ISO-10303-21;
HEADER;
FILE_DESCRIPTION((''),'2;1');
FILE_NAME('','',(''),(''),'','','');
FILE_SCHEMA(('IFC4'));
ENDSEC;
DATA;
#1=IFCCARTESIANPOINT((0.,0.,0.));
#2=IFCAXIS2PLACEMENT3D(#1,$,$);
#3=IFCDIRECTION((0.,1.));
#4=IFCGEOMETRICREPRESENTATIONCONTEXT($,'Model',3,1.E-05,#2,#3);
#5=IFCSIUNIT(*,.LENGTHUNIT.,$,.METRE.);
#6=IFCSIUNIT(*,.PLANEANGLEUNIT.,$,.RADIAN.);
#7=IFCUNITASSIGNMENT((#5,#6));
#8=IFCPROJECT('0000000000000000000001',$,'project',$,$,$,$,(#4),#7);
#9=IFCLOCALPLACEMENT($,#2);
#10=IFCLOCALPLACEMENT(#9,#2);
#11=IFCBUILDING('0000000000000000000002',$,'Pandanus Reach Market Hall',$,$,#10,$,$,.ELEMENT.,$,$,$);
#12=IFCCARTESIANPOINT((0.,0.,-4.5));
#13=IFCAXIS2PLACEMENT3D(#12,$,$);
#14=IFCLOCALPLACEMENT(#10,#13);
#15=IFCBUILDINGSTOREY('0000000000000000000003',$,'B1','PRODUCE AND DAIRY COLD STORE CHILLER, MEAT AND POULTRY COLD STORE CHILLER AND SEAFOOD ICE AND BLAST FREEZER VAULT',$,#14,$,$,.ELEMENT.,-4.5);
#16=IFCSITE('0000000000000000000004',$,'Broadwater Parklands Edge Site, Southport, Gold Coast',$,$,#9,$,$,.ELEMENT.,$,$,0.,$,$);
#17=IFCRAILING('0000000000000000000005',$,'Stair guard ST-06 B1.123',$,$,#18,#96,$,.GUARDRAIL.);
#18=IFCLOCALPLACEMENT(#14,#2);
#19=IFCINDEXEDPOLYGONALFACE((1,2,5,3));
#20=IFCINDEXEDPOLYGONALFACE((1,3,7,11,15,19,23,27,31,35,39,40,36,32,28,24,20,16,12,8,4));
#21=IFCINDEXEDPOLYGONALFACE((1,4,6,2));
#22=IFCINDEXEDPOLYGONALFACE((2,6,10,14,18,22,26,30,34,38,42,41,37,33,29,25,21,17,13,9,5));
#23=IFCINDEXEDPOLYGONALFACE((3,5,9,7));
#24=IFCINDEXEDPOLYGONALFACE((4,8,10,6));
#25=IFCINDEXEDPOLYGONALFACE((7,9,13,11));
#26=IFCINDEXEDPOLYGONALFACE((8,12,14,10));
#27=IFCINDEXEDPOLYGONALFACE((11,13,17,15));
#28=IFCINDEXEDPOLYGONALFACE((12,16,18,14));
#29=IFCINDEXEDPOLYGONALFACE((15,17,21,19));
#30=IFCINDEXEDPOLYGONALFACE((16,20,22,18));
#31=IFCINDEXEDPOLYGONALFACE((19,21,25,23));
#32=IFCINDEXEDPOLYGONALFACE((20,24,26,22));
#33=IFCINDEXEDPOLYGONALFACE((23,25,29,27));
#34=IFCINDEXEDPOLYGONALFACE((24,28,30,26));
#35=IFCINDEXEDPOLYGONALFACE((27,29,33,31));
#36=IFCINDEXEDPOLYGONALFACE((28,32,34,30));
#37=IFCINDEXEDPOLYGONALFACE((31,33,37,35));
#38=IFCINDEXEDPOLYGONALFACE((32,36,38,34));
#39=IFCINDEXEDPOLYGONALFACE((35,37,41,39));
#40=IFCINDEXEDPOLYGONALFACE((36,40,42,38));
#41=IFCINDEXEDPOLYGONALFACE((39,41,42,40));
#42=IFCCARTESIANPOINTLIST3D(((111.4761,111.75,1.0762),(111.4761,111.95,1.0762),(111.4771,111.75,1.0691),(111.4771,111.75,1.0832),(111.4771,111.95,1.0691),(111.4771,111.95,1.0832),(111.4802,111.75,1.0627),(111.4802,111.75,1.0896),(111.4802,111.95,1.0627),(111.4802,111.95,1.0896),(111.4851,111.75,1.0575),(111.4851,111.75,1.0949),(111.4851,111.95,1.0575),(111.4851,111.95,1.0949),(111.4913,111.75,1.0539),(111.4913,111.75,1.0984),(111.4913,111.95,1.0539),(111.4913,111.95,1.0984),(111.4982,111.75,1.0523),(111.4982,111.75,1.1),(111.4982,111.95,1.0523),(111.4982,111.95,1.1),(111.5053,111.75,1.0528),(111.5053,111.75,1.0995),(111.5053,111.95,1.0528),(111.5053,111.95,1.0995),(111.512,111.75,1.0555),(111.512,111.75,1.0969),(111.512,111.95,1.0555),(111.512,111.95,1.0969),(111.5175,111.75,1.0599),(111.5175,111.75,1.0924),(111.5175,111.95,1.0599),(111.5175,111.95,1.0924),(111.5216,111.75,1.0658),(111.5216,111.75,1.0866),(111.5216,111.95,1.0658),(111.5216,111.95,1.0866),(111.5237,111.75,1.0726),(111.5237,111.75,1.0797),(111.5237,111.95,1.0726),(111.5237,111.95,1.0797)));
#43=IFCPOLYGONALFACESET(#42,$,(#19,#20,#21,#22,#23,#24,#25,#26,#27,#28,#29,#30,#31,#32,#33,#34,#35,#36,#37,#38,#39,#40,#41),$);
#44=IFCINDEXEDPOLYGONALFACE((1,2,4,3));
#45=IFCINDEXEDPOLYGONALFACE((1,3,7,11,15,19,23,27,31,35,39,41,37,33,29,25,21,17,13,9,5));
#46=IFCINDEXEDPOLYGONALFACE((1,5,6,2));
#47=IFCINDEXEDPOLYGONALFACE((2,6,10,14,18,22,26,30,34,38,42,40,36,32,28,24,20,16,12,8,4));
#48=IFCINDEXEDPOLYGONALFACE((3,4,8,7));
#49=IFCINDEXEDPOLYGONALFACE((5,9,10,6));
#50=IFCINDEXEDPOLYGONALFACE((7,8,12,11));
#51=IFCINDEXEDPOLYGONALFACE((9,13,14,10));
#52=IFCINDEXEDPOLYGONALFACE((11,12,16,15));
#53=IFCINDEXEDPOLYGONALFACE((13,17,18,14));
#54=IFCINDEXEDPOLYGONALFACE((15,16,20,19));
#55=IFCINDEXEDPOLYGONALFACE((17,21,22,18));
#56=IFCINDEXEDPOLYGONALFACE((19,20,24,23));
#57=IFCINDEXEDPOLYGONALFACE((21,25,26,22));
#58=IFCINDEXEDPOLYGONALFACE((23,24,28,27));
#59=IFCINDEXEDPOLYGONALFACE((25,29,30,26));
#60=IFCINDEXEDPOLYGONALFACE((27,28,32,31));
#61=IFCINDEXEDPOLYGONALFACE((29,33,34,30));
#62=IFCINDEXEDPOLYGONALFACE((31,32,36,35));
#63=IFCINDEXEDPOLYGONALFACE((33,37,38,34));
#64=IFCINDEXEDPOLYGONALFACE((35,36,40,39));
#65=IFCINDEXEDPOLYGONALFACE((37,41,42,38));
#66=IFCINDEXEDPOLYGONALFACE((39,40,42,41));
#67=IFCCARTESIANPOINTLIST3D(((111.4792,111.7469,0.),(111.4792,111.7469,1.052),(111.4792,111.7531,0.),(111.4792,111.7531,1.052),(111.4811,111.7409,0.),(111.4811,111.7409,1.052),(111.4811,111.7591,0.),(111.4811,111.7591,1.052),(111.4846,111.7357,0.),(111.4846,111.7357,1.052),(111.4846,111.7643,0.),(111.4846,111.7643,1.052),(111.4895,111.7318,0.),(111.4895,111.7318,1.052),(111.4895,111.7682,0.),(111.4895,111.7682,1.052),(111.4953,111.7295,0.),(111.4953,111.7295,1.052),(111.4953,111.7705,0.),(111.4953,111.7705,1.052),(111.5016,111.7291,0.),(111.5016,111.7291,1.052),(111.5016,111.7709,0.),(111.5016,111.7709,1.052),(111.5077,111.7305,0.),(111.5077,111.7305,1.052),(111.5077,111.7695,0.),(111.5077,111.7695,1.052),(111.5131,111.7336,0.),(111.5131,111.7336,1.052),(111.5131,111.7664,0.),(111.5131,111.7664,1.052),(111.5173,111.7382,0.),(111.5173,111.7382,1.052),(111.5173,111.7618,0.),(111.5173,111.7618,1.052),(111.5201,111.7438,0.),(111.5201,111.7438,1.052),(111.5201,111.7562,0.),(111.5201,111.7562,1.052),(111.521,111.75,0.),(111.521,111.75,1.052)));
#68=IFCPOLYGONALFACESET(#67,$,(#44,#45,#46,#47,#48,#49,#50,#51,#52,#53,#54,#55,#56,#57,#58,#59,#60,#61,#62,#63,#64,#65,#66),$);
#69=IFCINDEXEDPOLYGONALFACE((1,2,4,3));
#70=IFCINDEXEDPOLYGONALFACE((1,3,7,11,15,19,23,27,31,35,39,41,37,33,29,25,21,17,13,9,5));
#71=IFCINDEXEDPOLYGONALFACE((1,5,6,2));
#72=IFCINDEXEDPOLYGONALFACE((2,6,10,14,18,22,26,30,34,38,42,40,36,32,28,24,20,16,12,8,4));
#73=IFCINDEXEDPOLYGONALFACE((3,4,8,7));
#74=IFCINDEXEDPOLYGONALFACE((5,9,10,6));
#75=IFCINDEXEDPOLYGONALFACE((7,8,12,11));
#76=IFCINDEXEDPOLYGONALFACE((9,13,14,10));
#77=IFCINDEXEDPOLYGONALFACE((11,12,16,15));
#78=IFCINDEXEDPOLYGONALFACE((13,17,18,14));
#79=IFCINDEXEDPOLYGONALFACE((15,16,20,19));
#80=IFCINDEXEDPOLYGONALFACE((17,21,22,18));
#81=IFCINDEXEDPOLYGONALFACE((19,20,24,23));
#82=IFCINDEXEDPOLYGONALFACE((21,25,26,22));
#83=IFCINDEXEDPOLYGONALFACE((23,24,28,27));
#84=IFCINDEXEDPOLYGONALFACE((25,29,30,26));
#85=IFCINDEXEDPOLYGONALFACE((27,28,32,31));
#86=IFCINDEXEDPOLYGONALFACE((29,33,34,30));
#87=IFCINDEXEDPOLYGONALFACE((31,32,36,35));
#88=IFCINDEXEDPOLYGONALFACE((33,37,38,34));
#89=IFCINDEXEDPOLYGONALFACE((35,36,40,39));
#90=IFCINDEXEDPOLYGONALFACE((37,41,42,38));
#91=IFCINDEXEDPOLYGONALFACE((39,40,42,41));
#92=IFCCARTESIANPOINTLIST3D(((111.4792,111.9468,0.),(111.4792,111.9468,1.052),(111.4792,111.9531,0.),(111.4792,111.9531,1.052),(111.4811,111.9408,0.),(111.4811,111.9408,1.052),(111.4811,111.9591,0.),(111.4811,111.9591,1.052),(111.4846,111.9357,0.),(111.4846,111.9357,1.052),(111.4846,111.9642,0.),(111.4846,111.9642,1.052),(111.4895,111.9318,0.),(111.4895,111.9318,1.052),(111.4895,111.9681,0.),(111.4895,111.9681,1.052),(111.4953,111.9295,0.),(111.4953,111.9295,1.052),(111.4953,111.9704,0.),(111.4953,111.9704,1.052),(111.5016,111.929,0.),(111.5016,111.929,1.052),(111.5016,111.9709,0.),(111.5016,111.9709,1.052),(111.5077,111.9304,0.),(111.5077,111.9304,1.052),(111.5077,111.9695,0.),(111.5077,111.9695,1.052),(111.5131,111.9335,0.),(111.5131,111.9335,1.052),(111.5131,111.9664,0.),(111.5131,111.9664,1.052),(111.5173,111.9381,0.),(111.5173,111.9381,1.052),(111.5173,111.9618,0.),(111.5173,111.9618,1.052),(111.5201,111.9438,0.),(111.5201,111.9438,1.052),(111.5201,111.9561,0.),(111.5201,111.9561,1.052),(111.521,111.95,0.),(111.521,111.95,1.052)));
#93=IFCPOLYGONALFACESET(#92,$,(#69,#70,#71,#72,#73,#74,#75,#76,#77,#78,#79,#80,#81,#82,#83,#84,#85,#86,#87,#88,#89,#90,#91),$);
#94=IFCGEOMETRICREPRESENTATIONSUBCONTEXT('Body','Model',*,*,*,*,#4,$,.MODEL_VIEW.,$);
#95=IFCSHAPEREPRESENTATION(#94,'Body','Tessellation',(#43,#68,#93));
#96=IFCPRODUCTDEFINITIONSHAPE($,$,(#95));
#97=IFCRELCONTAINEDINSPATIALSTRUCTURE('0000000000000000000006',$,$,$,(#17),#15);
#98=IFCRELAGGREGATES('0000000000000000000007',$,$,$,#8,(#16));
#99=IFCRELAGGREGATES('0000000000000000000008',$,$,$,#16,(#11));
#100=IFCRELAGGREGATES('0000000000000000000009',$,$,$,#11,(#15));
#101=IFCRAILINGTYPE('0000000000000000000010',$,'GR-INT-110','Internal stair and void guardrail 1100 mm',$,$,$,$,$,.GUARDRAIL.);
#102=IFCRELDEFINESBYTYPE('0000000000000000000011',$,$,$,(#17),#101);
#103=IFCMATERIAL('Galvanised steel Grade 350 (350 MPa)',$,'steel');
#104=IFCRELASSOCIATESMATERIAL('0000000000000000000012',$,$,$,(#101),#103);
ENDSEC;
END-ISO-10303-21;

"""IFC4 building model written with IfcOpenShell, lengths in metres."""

from ifc_helpers import new_model, si_unit, direction, frame, origin, origin_2d, place, context, subcontext, project, spatial, circle, extrude, material, type_object, element, save


model = new_model("IFC4")

# Units and contexts
model_context = context("Model", 3, precision=1e-05, world=origin(), true_north=direction((0.0, 1.0)))
body_context = subcontext(model_context, "Body", "Model", "MODEL_VIEW")
ifc_project = project(units=[si_unit("LENGTHUNIT", "METRE"), si_unit("PLANEANGLEUNIT", "RADIAN")], contexts=[model_context])

# Site, building, storey
site_placement = place(None, origin())
site = spatial("IfcSite", under=ifc_project, at=site_placement, Name="Broadwater Parklands Edge Site, Southport, Gold Coast", CompositionType="ELEMENT", RefElevation=0.0)
building_placement = place(site_placement, origin())
building = spatial("IfcBuilding", under=site, at=building_placement, Name="Pandanus Reach Market Hall", CompositionType="ELEMENT")
storey_placement = place(building_placement, frame((0.0, 0.0, -4.5)))
storey = spatial("IfcBuildingStorey", under=building, at=storey_placement, Name="B1", Description="PRODUCE AND DAIRY COLD STORE CHILLER, MEAT AND POULTRY COLD STORE CHILLER AND SEAFOOD ICE AND BLAST FREEZER VAULT", CompositionType="ELEMENT", Elevation=-4.5)

# Railing
ifc_material_1 = material(Name="Galvanised steel Grade 350 (350 MPa)", Category="steel")
railing_type_1 = type_object("IfcRailingType", Name="GR-INT-110", Description="Internal stair and void guardrail 1100 mm", PredefinedType="GUARDRAIL", material=ifc_material_1)
railing_1_placement = place(storey_placement, frame((111.5, 111.75, 0.0)))
element("IfcRailing", 1, at=railing_1_placement, inside=storey, type_object=railing_type_1, Name="Stair guard ST-06 B1.123", PredefinedType="GUARDRAIL", context=body_context, shape_type="SweptSolid", body=[
    extrude(circle(Radius=0.0239, at=origin_2d()), frame((0.0, 0.0, 1.0762), z_axis=(0.0, 1.0, 0.0), x_axis=(-1.0, 0.0, 0.0)), (0.0, 0.0, 1.0), 0.2),
    extrude(circle(Radius=0.021, at=origin_2d()), origin(), (0.0, 0.0, 1.0), 1.052),
    extrude(circle(Radius=0.021, at=origin_2d()), frame((0.0, 0.2, 0.0)), (0.0, 0.0, 1.0), 1.052),
])

save(model, "model.ifc")
